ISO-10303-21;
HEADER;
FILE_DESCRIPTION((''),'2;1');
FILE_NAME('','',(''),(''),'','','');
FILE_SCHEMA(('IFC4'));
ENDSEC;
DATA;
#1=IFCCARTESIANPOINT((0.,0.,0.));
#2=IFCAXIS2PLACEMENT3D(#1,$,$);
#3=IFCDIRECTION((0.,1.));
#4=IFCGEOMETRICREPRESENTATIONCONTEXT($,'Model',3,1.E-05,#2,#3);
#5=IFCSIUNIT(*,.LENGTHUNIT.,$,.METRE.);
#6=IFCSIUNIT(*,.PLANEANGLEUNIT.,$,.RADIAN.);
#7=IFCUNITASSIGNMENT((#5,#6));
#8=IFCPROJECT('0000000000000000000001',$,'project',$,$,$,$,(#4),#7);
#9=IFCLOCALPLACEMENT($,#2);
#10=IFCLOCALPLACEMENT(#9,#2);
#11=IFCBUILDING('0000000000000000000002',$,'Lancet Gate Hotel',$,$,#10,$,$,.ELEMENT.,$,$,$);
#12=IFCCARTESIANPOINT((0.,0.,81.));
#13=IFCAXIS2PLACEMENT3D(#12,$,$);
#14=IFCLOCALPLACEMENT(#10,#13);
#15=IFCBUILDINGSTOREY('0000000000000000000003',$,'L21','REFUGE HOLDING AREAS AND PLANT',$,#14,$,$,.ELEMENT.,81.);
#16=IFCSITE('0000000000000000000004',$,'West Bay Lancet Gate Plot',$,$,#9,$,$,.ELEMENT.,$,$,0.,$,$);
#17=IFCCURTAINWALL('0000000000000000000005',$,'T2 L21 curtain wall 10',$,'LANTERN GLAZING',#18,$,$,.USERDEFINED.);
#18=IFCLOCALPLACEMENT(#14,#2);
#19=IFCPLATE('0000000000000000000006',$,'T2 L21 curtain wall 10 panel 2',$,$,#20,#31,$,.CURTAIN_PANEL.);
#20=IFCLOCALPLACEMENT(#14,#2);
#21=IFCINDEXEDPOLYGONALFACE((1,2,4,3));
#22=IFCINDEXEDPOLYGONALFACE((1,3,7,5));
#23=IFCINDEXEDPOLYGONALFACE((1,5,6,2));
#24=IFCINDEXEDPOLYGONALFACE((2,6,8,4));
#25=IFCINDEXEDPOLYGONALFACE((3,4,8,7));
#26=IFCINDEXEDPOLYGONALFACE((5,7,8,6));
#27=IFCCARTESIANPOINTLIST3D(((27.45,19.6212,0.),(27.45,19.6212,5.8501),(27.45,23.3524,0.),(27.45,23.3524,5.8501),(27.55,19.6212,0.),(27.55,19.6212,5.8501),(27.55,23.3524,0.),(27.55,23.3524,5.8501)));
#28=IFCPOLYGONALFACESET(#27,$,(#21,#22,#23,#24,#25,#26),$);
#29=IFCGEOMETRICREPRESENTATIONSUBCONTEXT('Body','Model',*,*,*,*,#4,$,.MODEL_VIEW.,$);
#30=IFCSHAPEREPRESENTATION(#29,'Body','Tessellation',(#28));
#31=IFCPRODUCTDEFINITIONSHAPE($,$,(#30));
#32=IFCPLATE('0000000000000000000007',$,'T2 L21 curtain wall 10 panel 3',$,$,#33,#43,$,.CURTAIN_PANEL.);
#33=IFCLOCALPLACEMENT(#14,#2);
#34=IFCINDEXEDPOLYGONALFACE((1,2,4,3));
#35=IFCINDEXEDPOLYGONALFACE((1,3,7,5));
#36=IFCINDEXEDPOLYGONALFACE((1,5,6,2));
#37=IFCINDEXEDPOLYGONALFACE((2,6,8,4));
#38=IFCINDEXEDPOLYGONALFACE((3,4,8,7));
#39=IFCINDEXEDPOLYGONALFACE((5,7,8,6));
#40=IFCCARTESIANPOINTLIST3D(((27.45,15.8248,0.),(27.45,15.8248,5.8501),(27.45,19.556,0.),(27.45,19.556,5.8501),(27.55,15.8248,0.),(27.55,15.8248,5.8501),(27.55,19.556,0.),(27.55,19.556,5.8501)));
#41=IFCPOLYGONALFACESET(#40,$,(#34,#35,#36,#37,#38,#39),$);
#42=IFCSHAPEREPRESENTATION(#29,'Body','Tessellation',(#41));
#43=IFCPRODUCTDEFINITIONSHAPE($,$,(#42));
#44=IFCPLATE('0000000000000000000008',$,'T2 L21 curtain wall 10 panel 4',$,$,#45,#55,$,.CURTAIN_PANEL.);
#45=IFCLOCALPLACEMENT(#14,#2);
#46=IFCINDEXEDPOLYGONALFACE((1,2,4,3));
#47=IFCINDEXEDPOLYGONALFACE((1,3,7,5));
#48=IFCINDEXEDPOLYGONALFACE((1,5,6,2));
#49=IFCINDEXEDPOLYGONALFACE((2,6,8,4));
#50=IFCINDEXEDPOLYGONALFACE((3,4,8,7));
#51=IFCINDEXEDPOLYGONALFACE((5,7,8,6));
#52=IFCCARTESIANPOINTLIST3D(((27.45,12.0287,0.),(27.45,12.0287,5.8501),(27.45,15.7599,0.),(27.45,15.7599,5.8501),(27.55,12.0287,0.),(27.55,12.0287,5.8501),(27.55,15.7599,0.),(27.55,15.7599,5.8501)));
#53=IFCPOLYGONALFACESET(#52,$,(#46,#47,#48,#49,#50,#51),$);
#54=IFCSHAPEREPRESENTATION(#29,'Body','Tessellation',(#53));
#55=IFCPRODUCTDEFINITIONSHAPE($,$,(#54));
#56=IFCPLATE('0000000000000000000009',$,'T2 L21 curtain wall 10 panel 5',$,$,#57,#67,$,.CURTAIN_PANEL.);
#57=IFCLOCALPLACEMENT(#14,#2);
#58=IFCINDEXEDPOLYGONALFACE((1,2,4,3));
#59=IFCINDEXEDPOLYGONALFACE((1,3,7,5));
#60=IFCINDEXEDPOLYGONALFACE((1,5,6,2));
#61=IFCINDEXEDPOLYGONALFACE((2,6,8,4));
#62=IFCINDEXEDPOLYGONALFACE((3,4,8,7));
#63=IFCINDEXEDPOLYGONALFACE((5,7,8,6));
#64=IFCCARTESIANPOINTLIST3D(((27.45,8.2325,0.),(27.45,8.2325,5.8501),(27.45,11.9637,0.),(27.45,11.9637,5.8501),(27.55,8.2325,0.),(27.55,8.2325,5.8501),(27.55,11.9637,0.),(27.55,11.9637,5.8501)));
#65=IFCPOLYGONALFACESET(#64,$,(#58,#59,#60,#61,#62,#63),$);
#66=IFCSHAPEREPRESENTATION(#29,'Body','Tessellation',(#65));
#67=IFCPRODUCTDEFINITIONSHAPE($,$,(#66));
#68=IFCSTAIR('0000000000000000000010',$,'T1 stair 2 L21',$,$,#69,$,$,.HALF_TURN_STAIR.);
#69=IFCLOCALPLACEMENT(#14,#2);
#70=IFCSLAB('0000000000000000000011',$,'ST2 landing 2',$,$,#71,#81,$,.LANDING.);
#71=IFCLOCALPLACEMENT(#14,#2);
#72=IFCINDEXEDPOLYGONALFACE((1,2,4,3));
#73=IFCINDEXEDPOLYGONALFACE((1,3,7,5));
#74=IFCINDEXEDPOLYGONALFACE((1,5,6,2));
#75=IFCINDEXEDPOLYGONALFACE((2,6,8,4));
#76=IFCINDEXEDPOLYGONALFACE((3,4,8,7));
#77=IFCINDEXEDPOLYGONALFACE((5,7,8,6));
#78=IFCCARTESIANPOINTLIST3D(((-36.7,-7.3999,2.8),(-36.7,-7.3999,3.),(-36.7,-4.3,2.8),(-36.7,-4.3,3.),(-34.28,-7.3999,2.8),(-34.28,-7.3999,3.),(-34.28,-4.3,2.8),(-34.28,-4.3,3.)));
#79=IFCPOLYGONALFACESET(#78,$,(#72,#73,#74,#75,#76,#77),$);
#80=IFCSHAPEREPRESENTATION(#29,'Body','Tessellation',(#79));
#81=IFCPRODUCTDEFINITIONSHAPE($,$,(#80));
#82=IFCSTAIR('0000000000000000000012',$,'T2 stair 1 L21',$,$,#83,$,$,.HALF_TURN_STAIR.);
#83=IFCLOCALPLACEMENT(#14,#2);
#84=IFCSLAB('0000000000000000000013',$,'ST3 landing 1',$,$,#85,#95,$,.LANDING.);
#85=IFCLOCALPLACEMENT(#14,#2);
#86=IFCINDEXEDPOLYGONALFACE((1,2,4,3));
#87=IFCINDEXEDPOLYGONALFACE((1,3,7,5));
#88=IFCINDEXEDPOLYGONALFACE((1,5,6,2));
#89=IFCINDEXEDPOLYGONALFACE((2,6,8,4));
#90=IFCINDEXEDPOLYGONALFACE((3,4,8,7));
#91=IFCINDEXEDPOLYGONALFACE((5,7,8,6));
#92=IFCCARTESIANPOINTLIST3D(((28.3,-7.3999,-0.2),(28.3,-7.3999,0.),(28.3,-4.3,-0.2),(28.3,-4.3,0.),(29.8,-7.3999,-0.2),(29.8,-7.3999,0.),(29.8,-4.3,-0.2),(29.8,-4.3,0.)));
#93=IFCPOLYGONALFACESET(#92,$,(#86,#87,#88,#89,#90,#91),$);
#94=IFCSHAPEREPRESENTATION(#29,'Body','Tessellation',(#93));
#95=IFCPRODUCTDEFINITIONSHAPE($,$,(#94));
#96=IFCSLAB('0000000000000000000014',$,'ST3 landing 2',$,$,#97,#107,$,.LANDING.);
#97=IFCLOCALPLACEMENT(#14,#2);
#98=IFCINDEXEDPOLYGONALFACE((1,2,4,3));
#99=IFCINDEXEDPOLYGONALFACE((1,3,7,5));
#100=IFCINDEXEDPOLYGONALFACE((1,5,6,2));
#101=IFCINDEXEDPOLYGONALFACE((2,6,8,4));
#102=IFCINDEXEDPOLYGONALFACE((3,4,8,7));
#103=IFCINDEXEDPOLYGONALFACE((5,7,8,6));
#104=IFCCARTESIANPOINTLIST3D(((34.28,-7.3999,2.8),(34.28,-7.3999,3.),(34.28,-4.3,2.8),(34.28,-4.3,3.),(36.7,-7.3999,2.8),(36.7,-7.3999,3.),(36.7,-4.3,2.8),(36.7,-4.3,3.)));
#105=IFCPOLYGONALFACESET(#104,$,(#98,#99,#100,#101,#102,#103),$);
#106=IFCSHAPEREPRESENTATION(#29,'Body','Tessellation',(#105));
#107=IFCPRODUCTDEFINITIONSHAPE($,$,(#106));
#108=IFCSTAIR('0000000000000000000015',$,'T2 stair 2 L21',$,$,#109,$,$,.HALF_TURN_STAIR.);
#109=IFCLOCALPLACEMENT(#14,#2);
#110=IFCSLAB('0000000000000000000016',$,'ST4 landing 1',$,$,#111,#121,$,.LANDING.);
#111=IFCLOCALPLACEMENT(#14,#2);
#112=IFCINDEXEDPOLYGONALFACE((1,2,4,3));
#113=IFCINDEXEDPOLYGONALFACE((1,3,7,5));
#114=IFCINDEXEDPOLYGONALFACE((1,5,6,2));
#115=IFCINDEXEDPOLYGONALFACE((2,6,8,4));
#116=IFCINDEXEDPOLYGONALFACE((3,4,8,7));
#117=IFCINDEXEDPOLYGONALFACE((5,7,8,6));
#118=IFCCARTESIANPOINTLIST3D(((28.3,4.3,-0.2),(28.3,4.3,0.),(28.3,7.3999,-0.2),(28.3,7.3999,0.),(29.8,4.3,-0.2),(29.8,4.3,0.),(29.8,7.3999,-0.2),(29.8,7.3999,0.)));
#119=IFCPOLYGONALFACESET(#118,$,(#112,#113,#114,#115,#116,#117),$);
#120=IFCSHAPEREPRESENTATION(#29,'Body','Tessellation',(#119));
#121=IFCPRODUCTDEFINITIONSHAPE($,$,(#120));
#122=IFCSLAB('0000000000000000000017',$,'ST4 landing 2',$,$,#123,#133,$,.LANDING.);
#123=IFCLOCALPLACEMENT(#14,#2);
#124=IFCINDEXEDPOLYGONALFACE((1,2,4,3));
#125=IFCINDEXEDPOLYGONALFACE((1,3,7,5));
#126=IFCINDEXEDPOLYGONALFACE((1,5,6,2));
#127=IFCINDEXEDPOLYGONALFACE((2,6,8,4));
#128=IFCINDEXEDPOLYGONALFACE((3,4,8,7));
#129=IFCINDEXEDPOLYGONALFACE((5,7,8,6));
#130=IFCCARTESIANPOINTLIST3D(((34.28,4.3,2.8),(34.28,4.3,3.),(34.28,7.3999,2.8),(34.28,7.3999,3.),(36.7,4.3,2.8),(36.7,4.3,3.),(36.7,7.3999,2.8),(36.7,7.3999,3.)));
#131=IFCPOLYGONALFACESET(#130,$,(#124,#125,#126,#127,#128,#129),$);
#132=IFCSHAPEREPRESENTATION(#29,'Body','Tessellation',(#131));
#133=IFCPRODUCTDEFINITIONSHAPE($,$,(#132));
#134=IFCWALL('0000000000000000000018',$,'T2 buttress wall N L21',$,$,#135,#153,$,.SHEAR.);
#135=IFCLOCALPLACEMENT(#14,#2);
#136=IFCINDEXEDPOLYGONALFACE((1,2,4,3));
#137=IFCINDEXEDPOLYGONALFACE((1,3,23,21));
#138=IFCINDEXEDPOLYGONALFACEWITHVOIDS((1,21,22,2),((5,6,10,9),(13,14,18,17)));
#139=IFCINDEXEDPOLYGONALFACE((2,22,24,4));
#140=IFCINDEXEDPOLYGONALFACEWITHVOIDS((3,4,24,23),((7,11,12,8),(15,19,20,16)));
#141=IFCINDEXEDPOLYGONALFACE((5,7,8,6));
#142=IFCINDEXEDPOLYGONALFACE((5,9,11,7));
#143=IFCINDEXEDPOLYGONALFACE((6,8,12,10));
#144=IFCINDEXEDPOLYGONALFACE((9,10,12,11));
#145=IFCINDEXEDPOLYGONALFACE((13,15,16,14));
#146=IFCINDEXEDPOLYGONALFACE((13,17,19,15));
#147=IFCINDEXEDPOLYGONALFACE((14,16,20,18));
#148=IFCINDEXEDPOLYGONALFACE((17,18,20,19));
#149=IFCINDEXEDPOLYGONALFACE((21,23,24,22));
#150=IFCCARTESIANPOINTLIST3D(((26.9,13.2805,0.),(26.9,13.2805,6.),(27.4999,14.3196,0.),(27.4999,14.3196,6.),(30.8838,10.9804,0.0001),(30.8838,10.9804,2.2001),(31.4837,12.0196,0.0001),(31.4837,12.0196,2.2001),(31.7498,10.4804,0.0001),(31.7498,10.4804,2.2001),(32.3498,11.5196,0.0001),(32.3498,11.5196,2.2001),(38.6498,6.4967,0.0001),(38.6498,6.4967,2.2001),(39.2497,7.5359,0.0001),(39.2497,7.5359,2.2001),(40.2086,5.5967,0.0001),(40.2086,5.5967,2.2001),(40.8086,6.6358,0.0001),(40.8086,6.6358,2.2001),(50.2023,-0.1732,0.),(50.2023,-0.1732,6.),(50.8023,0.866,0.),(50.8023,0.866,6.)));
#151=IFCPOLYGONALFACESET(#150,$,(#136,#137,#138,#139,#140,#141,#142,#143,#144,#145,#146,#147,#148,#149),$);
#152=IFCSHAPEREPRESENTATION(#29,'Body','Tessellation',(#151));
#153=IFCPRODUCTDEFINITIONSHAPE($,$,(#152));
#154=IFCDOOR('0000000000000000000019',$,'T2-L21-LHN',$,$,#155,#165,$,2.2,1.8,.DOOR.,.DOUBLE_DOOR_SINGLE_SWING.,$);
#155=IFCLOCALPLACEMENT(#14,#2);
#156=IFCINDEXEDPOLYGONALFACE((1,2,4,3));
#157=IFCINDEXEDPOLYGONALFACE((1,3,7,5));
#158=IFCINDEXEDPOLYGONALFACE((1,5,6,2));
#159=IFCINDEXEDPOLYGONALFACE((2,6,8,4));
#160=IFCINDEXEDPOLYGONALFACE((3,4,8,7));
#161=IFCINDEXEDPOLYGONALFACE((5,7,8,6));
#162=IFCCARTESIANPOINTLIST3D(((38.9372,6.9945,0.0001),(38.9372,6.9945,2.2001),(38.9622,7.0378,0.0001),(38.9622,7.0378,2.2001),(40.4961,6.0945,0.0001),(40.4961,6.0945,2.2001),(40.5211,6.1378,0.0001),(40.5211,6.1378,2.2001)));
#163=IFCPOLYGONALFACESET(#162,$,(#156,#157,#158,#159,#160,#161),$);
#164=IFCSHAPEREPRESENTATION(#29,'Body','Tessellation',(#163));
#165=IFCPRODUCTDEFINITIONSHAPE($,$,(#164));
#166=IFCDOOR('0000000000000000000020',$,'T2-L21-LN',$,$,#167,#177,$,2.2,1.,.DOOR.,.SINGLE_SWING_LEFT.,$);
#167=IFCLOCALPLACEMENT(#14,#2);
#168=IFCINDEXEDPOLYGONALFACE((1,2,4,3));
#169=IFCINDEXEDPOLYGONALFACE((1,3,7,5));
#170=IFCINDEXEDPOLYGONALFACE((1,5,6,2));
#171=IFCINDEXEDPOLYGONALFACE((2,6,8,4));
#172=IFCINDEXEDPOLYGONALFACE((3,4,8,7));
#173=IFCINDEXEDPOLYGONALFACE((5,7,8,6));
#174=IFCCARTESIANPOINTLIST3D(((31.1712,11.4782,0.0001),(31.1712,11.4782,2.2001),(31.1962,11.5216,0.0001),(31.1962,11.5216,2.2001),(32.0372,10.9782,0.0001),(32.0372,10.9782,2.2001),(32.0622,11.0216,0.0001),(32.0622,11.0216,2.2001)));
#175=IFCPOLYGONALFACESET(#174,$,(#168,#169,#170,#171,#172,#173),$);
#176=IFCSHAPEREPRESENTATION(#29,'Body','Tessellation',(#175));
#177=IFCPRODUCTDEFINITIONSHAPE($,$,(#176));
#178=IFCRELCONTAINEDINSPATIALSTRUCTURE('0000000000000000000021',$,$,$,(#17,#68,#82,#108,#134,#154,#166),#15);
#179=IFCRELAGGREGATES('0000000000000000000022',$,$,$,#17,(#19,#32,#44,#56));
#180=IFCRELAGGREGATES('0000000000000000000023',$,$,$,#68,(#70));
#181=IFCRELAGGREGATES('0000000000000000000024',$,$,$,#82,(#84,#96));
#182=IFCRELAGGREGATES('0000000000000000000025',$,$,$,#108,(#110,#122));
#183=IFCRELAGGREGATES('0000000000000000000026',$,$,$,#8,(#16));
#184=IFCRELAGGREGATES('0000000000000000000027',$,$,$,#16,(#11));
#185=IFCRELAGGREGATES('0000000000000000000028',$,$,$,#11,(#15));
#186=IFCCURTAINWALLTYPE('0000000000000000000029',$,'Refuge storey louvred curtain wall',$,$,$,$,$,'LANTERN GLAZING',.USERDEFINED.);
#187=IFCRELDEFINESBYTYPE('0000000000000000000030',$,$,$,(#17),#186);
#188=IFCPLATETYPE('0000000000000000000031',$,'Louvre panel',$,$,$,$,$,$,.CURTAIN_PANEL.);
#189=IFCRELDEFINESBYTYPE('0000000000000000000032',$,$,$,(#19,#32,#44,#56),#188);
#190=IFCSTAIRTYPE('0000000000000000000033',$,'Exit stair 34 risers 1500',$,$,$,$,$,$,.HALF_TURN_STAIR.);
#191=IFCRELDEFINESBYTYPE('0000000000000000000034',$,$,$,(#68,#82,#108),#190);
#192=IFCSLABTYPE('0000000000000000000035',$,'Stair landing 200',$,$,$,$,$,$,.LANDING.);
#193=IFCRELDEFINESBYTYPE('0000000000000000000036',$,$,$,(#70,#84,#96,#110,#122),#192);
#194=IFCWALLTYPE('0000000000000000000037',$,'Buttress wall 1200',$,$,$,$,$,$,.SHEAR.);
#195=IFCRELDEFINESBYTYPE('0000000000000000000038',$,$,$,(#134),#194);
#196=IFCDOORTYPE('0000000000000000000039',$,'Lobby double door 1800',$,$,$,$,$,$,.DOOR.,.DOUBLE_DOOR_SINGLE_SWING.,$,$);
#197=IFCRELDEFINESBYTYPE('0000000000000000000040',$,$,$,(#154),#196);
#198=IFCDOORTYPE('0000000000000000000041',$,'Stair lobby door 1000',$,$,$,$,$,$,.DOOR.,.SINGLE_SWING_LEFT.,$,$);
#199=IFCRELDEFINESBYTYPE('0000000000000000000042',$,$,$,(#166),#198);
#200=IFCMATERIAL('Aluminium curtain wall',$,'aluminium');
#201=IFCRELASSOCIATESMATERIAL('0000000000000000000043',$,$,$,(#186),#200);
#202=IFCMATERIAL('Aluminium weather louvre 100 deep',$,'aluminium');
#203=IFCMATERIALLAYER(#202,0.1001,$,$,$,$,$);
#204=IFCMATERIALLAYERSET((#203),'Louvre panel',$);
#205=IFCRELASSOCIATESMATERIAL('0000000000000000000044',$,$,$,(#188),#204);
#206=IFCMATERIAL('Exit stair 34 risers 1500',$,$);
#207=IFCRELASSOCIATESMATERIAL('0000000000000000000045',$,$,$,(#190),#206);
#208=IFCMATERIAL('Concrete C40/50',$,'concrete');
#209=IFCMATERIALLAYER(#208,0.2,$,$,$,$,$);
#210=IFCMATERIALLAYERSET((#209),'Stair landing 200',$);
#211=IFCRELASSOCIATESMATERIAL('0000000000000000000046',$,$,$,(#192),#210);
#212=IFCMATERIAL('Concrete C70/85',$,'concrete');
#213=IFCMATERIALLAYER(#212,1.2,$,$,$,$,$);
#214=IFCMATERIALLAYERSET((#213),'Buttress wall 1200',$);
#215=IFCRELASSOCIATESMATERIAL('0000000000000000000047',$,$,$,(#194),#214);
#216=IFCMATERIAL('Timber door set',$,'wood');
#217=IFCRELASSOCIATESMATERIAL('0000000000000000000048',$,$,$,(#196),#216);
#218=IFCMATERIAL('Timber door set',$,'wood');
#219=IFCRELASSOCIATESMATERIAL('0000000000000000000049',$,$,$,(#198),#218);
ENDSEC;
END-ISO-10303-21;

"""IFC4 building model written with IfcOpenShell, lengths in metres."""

from ifc_helpers import new_model, si_unit, direction, frame, frame_2d, origin, origin_2d, place, context, subcontext, project, spatial, polyline, rectangle, outline, extrude, material, layer, layer_set, type_object, element, fill, aggregate, save


model = new_model("IFC4")

# Units and contexts
model_context = context("Model", 3, precision=1e-05, world=origin(), true_north=direction((0.0, 1.0)))
body_context = subcontext(model_context, "Body", "Model", "MODEL_VIEW")
ifc_project = project(units=[si_unit("LENGTHUNIT", "METRE"), si_unit("PLANEANGLEUNIT", "RADIAN")], contexts=[model_context])

# Site, building, storey
site_placement = place(None, origin())
site = spatial("IfcSite", under=ifc_project, at=site_placement, Name="West Bay Lancet Gate Plot", CompositionType="ELEMENT", RefElevation=0.0)
building_placement = place(site_placement, origin())
building = spatial("IfcBuilding", under=site, at=building_placement, Name="Lancet Gate Hotel", CompositionType="ELEMENT")
storey_placement = place(building_placement, frame((0.0, 0.0, 81.0)))
storey = spatial("IfcBuildingStorey", under=building, at=storey_placement, Name="L21", Description="REFUGE HOLDING AREAS AND PLANT", CompositionType="ELEMENT", Elevation=81.0)

# Curtain wall
ifc_material_1 = material(Name="Aluminium curtain wall", Category="aluminium")
curtain_wall_type = type_object("IfcCurtainWallType", Name="Refuge storey louvred curtain wall", ElementType="LANTERN GLAZING", PredefinedType="USERDEFINED", material=ifc_material_1)
curtain_wall_placement = place(storey_placement, origin())
curtain_wall = element("IfcCurtainWall", 1, at=curtain_wall_placement, inside=storey, type_object=curtain_wall_type, Name="T2 L21 curtain wall 10", ObjectType="LANTERN GLAZING", PredefinedType="USERDEFINED")

# Plates
ifc_material_2 = material(Name="Aluminium weather louvre 100 deep", Category="aluminium")
ifc_layer_1 = layer(ifc_material_2, 0.1001)
ifc_layer_set_1 = layer_set([ifc_layer_1], Name="Louvre panel")
plate_type = type_object("IfcPlateType", Name="Louvre panel", PredefinedType="CURTAIN_PANEL", material=ifc_layer_set_1)
plate_1_placement = place(storey_placement, frame((27.5, 21.4868, 0.0), z_axis=(0.0, 0.0, 1.0), x_axis=(0.0, -1.0, 0.0)))
plate_1 = element("IfcPlate", 2, at=plate_1_placement, type_object=plate_type, Name="T2 L21 curtain wall 10 panel 2", PredefinedType="CURTAIN_PANEL", context=body_context, shape_type="SweptSolid", body=[
    extrude(rectangle(XDim=3.7312, YDim=0.1001, at=origin_2d()), origin(), (0.0, 0.0, 1.0), 5.8501),
])
plate_2_placement = place(storey_placement, frame((27.5, 17.6904, 0.0), z_axis=(0.0, 0.0, 1.0), x_axis=(0.0, -1.0, 0.0)))
plate_2 = element("IfcPlate", 3, at=plate_2_placement, type_object=plate_type, Name="T2 L21 curtain wall 10 panel 3", PredefinedType="CURTAIN_PANEL", context=body_context, shape_type="SweptSolid", body=[
    extrude(rectangle(XDim=3.7312, YDim=0.1001, at=origin_2d()), origin(), (0.0, 0.0, 1.0), 5.8501),
])
plate_3_placement = place(storey_placement, frame((27.5, 13.8943, 0.0), z_axis=(0.0, 0.0, 1.0), x_axis=(0.0, -1.0, 0.0)))
plate_3 = element("IfcPlate", 4, at=plate_3_placement, type_object=plate_type, Name="T2 L21 curtain wall 10 panel 4", PredefinedType="CURTAIN_PANEL", context=body_context, shape_type="SweptSolid", body=[
    extrude(rectangle(XDim=3.7312, YDim=0.1001, at=origin_2d()), origin(), (0.0, 0.0, 1.0), 5.8501),
])
plate_4_placement = place(storey_placement, frame((27.5, 10.0981, 0.0), z_axis=(0.0, 0.0, 1.0), x_axis=(0.0, -1.0, 0.0)))
plate_4 = element("IfcPlate", 5, at=plate_4_placement, type_object=plate_type, Name="T2 L21 curtain wall 10 panel 5", PredefinedType="CURTAIN_PANEL", context=body_context, shape_type="SweptSolid", body=[
    extrude(rectangle(XDim=3.7312, YDim=0.1001, at=origin_2d()), origin(), (0.0, 0.0, 1.0), 5.8501),
])
aggregate(curtain_wall, [plate_1, plate_2, plate_3, plate_4])

# Stair, slab
ifc_material_3 = material(Name="Exit stair 34 risers 1500")
stair_type = type_object("IfcStairType", Name="Exit stair 34 risers 1500", PredefinedType="HALF_TURN_STAIR", material=ifc_material_3)
stair_1_placement = place(storey_placement, origin())
stair_1 = element("IfcStair", 6, at=stair_1_placement, inside=storey, type_object=stair_type, Name="T1 stair 2 L21", PredefinedType="HALF_TURN_STAIR")
ifc_material_4 = material(Name="Concrete C40/50", Category="concrete")
ifc_layer_2 = layer(ifc_material_4, 0.2)
ifc_layer_set_2 = layer_set([ifc_layer_2], Name="Stair landing 200")
slab_type = type_object("IfcSlabType", Name="Stair landing 200", PredefinedType="LANDING", material=ifc_layer_set_2)
slab_1_placement = place(storey_placement, frame((0.0, 0.0, 2.8)))
slab_1 = element("IfcSlab", 7, at=slab_1_placement, type_object=slab_type, Name="ST2 landing 2", PredefinedType="LANDING", context=body_context, shape_type="SweptSolid", body=[
    extrude(outline(polyline([(-34.28, -4.3), (-36.7, -4.3), (-36.7, -7.3999), (-34.28, -7.3999), (-34.28, -4.3)])), origin(), (0.0, 0.0, 1.0), 0.2),
])
aggregate(stair_1, [slab_1])

# Stairs, slabs
stair_2_placement = place(storey_placement, origin())
stair_2 = element("IfcStair", 8, at=stair_2_placement, inside=storey, type_object=stair_type, Name="T2 stair 1 L21", PredefinedType="HALF_TURN_STAIR")
slab_2_placement = place(storey_placement, frame((0.0, 0.0, -0.2)))
slab_2 = element("IfcSlab", 9, at=slab_2_placement, type_object=slab_type, Name="ST3 landing 1", PredefinedType="LANDING", context=body_context, shape_type="SweptSolid", body=[
    extrude(outline(polyline([(28.3, -7.3999), (29.8, -7.3999), (29.8, -4.3), (28.3, -4.3), (28.3, -7.3999)])), origin(), (0.0, 0.0, 1.0), 0.2),
])
slab_3_placement = place(storey_placement, frame((0.0, 0.0, 2.8)))
slab_3 = element("IfcSlab", 10, at=slab_3_placement, type_object=slab_type, Name="ST3 landing 2", PredefinedType="LANDING", context=body_context, shape_type="SweptSolid", body=[
    extrude(outline(polyline([(34.28, -7.3999), (36.7, -7.3999), (36.7, -4.3), (34.28, -4.3), (34.28, -7.3999)])), origin(), (0.0, 0.0, 1.0), 0.2),
])
aggregate(stair_2, [slab_2, slab_3])
stair_3_placement = place(storey_placement, origin())
stair_3 = element("IfcStair", 11, at=stair_3_placement, inside=storey, type_object=stair_type, Name="T2 stair 2 L21", PredefinedType="HALF_TURN_STAIR")
slab_4_placement = place(storey_placement, frame((0.0, 0.0, -0.2)))
slab_4 = element("IfcSlab", 12, at=slab_4_placement, type_object=slab_type, Name="ST4 landing 1", PredefinedType="LANDING", context=body_context, shape_type="SweptSolid", body=[
    extrude(outline(polyline([(28.3, 4.3), (29.8, 4.3), (29.8, 7.3999), (28.3, 7.3999), (28.3, 4.3)])), origin(), (0.0, 0.0, 1.0), 0.2),
])
slab_5_placement = place(storey_placement, frame((0.0, 0.0, 2.8)))
slab_5 = element("IfcSlab", 13, at=slab_5_placement, type_object=slab_type, Name="ST4 landing 2", PredefinedType="LANDING", context=body_context, shape_type="SweptSolid", body=[
    extrude(outline(polyline([(34.28, 4.3), (36.7, 4.3), (36.7, 7.3999), (34.28, 7.3999), (34.28, 4.3)])), origin(), (0.0, 0.0, 1.0), 0.2),
])
aggregate(stair_3, [slab_4, slab_5])

# Wall, openings, doors
ifc_material_5 = material(Name="Concrete C70/85", Category="concrete")
ifc_layer_3 = layer(ifc_material_5, 1.2)
ifc_layer_set_3 = layer_set([ifc_layer_3], Name="Buttress wall 1200")
wall_type_1 = type_object("IfcWallType", Name="Buttress wall 1200", PredefinedType="SHEAR", material=ifc_layer_set_3)
wall_1_placement = place(storey_placement, frame((27.2, 13.8, 0.0), z_axis=(0.0, 0.0, 1.0), x_axis=(0.866025, -0.500002, 0.0)))
wall_1 = element("IfcWall", 14, at=wall_1_placement, inside=storey, type_object=wall_type_1, Name="T2 buttress wall N L21", PredefinedType="SHEAR", context=body_context, shape_type="SweptSolid", body=[
    extrude(rectangle(XDim=26.9072, YDim=1.2, at=frame_2d((13.4536, 0.0))), origin(), (0.0, 0.0, 1.0), 6.0),
])
opening_1_placement = place(wall_1_placement, frame((4.6001, 0.0, 0.0)))
opening_1 = element("IfcOpeningElement", 15, at=opening_1_placement, cuts=wall_1, PredefinedType="OPENING", context=body_context, shape_type="SweptSolid", body=[
    extrude(rectangle(XDim=1.0, YDim=2.2, at=frame_2d((0.5, 1.1001))), frame((0.0, 0.6099, 0.0), z_axis=(0.0, -1.0, 0.0), x_axis=(1.0, 0.0, 0.0)), (0.0, 0.0, 1.0), 1.22),
])
opening_2_placement = place(wall_1_placement, frame((13.5676, 0.0, 0.0)))
opening_2 = element("IfcOpeningElement", 16, at=opening_2_placement, cuts=wall_1, PredefinedType="OPENING", context=body_context, shape_type="SweptSolid", body=[
    extrude(rectangle(XDim=1.8, YDim=2.2, at=frame_2d((0.8999, 1.1001))), frame((0.0, 0.6099, 0.0), z_axis=(0.0, -1.0, 0.0), x_axis=(1.0, 0.0, 0.0)), (0.0, 0.0, 1.0), 1.22),
])
ifc_material_6 = material(Name="Timber door set", Category="wood")
door_type_1 = type_object("IfcDoorType", Name="Lobby double door 1800", OperationType="DOUBLE_DOOR_SINGLE_SWING", PredefinedType="DOOR", material=ifc_material_6)
door_1_placement = place(opening_2_placement, origin())
door_1 = element("IfcDoor", 17, at=door_1_placement, inside=storey, type_object=door_type_1, Name="T2-L21-LHN", OperationType="DOUBLE_DOOR_SINGLE_SWING", OverallHeight=2.2, OverallWidth=1.8, PredefinedType="DOOR", context=body_context, shape_type="SweptSolid", body=[
    extrude(rectangle(XDim=1.8, YDim=2.2, at=frame_2d((0.8999, 1.1001))), frame((0.0, 0.0249, 0.0), z_axis=(0.0, -1.0, 0.0), x_axis=(1.0, 0.0, 0.0)), (0.0, 0.0, 1.0), 0.05),
])
fill(opening_2, door_1)
ifc_material_7 = material(Name="Timber door set", Category="wood")
door_type_2 = type_object("IfcDoorType", Name="Stair lobby door 1000", OperationType="SINGLE_SWING_LEFT", PredefinedType="DOOR", material=ifc_material_7)
door_2_placement = place(opening_1_placement, origin())
door_2 = element("IfcDoor", 18, at=door_2_placement, inside=storey, type_object=door_type_2, Name="T2-L21-LN", OperationType="SINGLE_SWING_LEFT", OverallHeight=2.2, OverallWidth=1.0, PredefinedType="DOOR", context=body_context, shape_type="SweptSolid", body=[
    extrude(rectangle(XDim=1.0, YDim=2.2, at=frame_2d((0.5, 1.1001))), frame((0.0, 0.0249, 0.0), z_axis=(0.0, -1.0, 0.0), x_axis=(1.0, 0.0, 0.0)), (0.0, 0.0, 1.0), 0.05),
])
fill(opening_1, door_2)

save(model, "model.ifc")
